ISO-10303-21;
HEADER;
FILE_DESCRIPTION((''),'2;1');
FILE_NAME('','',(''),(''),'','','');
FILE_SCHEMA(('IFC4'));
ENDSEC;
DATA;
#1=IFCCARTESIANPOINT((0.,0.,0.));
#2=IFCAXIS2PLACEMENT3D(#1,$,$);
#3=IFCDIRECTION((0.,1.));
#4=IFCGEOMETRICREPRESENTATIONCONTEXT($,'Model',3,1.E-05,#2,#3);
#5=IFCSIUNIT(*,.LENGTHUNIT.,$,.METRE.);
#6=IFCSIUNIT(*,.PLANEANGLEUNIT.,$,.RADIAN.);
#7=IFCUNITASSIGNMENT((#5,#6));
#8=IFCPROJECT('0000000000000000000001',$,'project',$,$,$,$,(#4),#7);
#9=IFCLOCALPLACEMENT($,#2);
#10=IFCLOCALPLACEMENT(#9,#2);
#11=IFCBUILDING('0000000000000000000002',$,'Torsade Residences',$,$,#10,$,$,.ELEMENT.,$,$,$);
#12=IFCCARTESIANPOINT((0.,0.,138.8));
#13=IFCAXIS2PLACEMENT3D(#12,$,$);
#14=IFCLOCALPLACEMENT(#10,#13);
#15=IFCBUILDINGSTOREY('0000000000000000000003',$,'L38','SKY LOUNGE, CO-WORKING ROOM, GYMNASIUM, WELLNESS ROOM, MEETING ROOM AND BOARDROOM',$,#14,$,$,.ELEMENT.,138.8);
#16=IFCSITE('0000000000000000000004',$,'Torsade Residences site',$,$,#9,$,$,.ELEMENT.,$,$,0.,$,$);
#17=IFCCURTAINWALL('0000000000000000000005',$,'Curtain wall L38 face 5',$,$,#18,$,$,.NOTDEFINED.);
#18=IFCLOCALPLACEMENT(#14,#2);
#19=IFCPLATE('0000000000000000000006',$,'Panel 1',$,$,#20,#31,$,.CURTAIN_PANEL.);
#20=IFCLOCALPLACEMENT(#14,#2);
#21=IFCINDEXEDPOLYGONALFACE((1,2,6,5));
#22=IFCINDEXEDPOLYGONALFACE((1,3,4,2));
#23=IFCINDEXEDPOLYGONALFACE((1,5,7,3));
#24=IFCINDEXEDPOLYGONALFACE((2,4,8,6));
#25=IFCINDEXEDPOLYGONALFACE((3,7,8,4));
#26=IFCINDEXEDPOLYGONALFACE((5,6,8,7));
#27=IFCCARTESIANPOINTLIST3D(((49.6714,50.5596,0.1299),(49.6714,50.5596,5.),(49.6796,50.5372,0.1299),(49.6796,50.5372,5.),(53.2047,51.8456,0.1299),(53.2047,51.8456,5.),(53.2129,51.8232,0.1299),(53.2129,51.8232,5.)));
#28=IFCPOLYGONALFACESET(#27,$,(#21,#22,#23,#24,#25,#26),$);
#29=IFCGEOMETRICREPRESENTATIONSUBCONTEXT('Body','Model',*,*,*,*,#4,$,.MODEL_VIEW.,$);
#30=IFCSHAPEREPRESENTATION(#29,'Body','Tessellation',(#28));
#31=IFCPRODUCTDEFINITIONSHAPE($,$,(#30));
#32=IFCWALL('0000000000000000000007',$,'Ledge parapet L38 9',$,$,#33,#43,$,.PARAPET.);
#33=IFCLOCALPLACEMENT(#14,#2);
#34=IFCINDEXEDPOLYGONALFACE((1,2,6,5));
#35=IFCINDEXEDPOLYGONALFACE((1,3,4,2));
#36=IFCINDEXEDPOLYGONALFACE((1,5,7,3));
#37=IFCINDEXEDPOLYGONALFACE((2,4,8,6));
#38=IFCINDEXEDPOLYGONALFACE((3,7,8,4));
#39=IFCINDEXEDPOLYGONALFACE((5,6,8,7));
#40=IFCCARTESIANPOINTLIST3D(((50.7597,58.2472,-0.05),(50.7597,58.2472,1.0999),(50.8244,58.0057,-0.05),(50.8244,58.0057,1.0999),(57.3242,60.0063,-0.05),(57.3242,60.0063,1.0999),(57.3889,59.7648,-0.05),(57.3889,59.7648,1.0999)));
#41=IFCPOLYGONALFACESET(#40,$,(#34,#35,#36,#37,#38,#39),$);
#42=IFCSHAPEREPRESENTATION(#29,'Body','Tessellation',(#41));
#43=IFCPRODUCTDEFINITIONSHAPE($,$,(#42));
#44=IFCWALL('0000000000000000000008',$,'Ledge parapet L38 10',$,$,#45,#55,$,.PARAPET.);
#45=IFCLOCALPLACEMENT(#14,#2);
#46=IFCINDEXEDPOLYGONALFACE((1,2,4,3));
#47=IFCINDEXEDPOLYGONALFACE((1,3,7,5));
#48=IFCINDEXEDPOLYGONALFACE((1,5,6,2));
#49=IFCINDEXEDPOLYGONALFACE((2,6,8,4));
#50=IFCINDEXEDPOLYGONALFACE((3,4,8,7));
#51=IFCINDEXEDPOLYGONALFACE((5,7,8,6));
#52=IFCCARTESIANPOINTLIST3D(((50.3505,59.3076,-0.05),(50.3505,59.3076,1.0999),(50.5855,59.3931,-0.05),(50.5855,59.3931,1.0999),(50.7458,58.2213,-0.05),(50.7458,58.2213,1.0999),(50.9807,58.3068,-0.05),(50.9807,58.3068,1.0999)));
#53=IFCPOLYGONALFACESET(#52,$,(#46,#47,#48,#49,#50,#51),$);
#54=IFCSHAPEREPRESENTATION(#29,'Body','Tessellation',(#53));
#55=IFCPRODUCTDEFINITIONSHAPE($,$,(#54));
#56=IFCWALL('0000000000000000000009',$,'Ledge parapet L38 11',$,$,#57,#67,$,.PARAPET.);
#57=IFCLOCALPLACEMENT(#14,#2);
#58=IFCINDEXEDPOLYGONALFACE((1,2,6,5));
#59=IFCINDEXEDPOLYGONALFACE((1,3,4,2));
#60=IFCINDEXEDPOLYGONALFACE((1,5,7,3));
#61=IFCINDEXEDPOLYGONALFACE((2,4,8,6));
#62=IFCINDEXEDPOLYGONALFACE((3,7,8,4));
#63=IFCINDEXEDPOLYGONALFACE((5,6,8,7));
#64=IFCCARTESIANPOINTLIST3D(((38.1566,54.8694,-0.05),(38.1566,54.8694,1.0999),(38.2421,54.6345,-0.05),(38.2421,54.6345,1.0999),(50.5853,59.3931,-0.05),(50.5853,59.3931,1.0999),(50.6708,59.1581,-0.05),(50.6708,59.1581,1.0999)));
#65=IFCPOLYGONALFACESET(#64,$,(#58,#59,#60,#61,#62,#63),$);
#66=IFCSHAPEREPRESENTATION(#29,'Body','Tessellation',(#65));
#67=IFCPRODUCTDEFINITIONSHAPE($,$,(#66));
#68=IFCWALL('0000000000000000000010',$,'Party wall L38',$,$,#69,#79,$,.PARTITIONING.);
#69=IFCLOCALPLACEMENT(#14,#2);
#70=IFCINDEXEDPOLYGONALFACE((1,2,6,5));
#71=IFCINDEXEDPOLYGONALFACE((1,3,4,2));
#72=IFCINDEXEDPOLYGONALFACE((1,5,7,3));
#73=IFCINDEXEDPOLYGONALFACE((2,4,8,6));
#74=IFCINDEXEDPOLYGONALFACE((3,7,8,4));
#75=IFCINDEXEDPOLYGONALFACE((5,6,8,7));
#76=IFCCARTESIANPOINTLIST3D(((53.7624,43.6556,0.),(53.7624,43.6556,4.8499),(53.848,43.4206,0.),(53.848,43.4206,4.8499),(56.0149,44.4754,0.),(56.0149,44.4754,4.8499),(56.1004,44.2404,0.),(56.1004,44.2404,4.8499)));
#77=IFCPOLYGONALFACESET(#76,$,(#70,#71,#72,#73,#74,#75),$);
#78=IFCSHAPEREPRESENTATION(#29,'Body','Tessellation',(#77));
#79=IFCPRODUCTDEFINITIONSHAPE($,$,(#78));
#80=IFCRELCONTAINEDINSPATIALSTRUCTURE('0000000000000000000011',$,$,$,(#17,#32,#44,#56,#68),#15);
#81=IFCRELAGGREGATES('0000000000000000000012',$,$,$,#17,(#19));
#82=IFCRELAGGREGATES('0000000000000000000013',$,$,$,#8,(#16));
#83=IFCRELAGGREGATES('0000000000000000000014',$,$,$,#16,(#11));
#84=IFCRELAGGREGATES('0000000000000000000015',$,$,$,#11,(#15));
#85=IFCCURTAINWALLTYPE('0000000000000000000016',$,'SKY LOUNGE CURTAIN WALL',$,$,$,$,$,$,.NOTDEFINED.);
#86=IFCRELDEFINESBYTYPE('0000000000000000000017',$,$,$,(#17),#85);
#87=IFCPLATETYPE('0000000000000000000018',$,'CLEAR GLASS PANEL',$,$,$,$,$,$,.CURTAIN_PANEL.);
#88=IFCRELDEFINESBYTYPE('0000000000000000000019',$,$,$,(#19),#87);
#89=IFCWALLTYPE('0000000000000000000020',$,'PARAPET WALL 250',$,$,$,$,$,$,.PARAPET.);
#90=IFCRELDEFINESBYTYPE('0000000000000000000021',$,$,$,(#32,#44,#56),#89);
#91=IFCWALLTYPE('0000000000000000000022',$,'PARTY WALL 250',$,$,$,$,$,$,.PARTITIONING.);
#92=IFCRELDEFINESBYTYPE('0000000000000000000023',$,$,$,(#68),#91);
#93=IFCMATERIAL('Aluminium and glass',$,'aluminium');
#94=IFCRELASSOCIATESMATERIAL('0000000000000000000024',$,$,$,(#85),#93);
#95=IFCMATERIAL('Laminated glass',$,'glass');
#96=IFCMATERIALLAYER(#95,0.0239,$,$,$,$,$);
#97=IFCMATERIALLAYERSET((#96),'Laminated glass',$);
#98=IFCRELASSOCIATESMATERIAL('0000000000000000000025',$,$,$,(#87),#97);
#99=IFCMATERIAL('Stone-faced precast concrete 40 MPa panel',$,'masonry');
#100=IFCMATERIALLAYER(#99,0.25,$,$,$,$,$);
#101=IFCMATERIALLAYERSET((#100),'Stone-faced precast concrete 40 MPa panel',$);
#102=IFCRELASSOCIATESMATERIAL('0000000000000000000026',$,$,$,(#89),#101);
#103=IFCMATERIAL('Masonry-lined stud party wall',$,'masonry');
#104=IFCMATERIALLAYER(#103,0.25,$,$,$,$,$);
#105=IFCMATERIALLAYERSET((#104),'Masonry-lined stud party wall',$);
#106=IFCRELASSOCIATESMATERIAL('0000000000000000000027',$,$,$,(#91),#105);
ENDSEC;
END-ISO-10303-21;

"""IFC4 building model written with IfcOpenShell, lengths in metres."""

from ifc_helpers import new_model, si_unit, direction, frame, frame_2d, origin, origin_2d, place, context, subcontext, project, spatial, rectangle, extrude, material, layer, layer_set, type_object, element, aggregate, save


model = new_model("IFC4")

# Units and contexts
model_context = context("Model", 3, precision=1e-05, world=origin(), true_north=direction((0.0, 1.0)))
body_context = subcontext(model_context, "Body", "Model", "MODEL_VIEW")
ifc_project = project(units=[si_unit("LENGTHUNIT", "METRE"), si_unit("PLANEANGLEUNIT", "RADIAN")], contexts=[model_context])

# Site, building, storey
site_placement = place(None, origin())
site = spatial("IfcSite", under=ifc_project, at=site_placement, Name="Torsade Residences site", CompositionType="ELEMENT", RefElevation=0.0)
building_placement = place(site_placement, origin())
building = spatial("IfcBuilding", under=site, at=building_placement, Name="Torsade Residences", CompositionType="ELEMENT")
storey_placement = place(building_placement, frame((0.0, 0.0, 138.8)))
storey = spatial("IfcBuildingStorey", under=building, at=storey_placement, Name="L38", Description="SKY LOUNGE, CO-WORKING ROOM, GYMNASIUM, WELLNESS ROOM, MEETING ROOM AND BOARDROOM", CompositionType="ELEMENT", Elevation=138.8)

# Curtain wall
ifc_material_1 = material(Name="Aluminium and glass", Category="aluminium")
curtain_wall_type = type_object("IfcCurtainWallType", Name="SKY LOUNGE CURTAIN WALL", PredefinedType="NOTDEFINED", material=ifc_material_1)
curtain_wall_1_placement = place(storey_placement, origin())
curtain_wall_1 = element("IfcCurtainWall", 1, at=curtain_wall_1_placement, inside=storey, type_object=curtain_wall_type, Name="Curtain wall L38 face 5", PredefinedType="NOTDEFINED")

# Plate
ifc_material_2 = material(Name="Laminated glass", Category="glass")
ifc_layer_1 = layer(ifc_material_2, 0.0239)
ifc_layer_set_1 = layer_set([ifc_layer_1], Name="Laminated glass")
plate_type = type_object("IfcPlateType", Name="CLEAR GLASS PANEL", PredefinedType="CURTAIN_PANEL", material=ifc_layer_set_1)
plate_1_placement = place(storey_placement, frame((51.4421, 51.1914, 0.1299), z_axis=(0.0, 0.0, 1.0), x_axis=(-0.939693, -0.34202, 0.0)))
plate_1 = element("IfcPlate", 2, at=plate_1_placement, type_object=plate_type, Name="Panel 1", PredefinedType="CURTAIN_PANEL", context=body_context, shape_type="SweptSolid", body=[
    extrude(rectangle(XDim=3.76, YDim=0.0239, at=origin_2d()), origin(), (0.0, 0.0, 1.0), 4.8701),
])
aggregate(curtain_wall_1, [plate_1])

# Walls
ifc_material_3 = material(Name="Stone-faced precast concrete 40 MPa panel", Category="masonry")
ifc_layer_2 = layer(ifc_material_3, 0.25)
ifc_layer_set_2 = layer_set([ifc_layer_2], Name="Stone-faced precast concrete 40 MPa panel")
wall_type_1 = type_object("IfcWallType", Name="PARAPET WALL 250", PredefinedType="PARAPET", material=ifc_layer_set_2)
wall_1_placement = place(storey_placement, frame((57.3564, 59.8855, -0.05), z_axis=(0.0, 0.0, 1.0), x_axis=(-0.965922, -0.258832, 0.0)))
element("IfcWall", 3, at=wall_1_placement, inside=storey, type_object=wall_type_1, Name="Ledge parapet L38 9", PredefinedType="PARAPET", context=body_context, shape_type="SweptSolid", body=[
    extrude(rectangle(XDim=6.7961, YDim=0.25, at=frame_2d((3.3979, 0.0))), origin(), (0.0, 0.0, 1.0), 1.1499),
])
wall_2_placement = place(storey_placement, frame((50.8633, 58.2639, -0.05), z_axis=(0.0, 0.0, 1.0), x_axis=(-0.341896, 0.939738, 0.0)))
element("IfcWall", 4, at=wall_2_placement, inside=storey, type_object=wall_type_1, Name="Ledge parapet L38 10", PredefinedType="PARAPET", context=body_context, shape_type="SweptSolid", body=[
    extrude(rectangle(XDim=1.156, YDim=0.25, at=frame_2d((0.5781, 0.0))), origin(), (0.0, 0.0, 1.0), 1.1499),
])
wall_3_placement = place(storey_placement, frame((50.6282, 59.2756, -0.05), z_axis=(0.0, 0.0, 1.0), x_axis=(-0.939693, -0.34202, 0.0)))
element("IfcWall", 5, at=wall_3_placement, inside=storey, type_object=wall_type_1, Name="Ledge parapet L38 11", PredefinedType="PARAPET", context=body_context, shape_type="SweptSolid", body=[
    extrude(rectangle(XDim=13.2263, YDim=0.25, at=frame_2d((6.6133, 0.0))), origin(), (0.0, 0.0, 1.0), 1.1499),
])
ifc_material_4 = material(Name="Masonry-lined stud party wall", Category="masonry")
ifc_layer_3 = layer(ifc_material_4, 0.25)
ifc_layer_set_3 = layer_set([ifc_layer_3], Name="Masonry-lined stud party wall")
wall_type_2 = type_object("IfcWallType", Name="PARTY WALL 250", PredefinedType="PARTITIONING", material=ifc_layer_set_3)
wall_4_placement = place(storey_placement, frame((56.0576, 44.3579, 0.0), z_axis=(0.0, 0.0, 1.0), x_axis=(-0.939692, -0.342021, 0.0)))
element("IfcWall", 6, at=wall_4_placement, inside=storey, type_object=wall_type_2, Name="Party wall L38", PredefinedType="PARTITIONING", context=body_context, shape_type="SweptSolid", body=[
    extrude(rectangle(XDim=2.397, YDim=0.25, at=frame_2d((1.1985, 0.0))), origin(), (0.0, 0.0, 1.0), 4.8499),
])

save(model, "model.ifc")
